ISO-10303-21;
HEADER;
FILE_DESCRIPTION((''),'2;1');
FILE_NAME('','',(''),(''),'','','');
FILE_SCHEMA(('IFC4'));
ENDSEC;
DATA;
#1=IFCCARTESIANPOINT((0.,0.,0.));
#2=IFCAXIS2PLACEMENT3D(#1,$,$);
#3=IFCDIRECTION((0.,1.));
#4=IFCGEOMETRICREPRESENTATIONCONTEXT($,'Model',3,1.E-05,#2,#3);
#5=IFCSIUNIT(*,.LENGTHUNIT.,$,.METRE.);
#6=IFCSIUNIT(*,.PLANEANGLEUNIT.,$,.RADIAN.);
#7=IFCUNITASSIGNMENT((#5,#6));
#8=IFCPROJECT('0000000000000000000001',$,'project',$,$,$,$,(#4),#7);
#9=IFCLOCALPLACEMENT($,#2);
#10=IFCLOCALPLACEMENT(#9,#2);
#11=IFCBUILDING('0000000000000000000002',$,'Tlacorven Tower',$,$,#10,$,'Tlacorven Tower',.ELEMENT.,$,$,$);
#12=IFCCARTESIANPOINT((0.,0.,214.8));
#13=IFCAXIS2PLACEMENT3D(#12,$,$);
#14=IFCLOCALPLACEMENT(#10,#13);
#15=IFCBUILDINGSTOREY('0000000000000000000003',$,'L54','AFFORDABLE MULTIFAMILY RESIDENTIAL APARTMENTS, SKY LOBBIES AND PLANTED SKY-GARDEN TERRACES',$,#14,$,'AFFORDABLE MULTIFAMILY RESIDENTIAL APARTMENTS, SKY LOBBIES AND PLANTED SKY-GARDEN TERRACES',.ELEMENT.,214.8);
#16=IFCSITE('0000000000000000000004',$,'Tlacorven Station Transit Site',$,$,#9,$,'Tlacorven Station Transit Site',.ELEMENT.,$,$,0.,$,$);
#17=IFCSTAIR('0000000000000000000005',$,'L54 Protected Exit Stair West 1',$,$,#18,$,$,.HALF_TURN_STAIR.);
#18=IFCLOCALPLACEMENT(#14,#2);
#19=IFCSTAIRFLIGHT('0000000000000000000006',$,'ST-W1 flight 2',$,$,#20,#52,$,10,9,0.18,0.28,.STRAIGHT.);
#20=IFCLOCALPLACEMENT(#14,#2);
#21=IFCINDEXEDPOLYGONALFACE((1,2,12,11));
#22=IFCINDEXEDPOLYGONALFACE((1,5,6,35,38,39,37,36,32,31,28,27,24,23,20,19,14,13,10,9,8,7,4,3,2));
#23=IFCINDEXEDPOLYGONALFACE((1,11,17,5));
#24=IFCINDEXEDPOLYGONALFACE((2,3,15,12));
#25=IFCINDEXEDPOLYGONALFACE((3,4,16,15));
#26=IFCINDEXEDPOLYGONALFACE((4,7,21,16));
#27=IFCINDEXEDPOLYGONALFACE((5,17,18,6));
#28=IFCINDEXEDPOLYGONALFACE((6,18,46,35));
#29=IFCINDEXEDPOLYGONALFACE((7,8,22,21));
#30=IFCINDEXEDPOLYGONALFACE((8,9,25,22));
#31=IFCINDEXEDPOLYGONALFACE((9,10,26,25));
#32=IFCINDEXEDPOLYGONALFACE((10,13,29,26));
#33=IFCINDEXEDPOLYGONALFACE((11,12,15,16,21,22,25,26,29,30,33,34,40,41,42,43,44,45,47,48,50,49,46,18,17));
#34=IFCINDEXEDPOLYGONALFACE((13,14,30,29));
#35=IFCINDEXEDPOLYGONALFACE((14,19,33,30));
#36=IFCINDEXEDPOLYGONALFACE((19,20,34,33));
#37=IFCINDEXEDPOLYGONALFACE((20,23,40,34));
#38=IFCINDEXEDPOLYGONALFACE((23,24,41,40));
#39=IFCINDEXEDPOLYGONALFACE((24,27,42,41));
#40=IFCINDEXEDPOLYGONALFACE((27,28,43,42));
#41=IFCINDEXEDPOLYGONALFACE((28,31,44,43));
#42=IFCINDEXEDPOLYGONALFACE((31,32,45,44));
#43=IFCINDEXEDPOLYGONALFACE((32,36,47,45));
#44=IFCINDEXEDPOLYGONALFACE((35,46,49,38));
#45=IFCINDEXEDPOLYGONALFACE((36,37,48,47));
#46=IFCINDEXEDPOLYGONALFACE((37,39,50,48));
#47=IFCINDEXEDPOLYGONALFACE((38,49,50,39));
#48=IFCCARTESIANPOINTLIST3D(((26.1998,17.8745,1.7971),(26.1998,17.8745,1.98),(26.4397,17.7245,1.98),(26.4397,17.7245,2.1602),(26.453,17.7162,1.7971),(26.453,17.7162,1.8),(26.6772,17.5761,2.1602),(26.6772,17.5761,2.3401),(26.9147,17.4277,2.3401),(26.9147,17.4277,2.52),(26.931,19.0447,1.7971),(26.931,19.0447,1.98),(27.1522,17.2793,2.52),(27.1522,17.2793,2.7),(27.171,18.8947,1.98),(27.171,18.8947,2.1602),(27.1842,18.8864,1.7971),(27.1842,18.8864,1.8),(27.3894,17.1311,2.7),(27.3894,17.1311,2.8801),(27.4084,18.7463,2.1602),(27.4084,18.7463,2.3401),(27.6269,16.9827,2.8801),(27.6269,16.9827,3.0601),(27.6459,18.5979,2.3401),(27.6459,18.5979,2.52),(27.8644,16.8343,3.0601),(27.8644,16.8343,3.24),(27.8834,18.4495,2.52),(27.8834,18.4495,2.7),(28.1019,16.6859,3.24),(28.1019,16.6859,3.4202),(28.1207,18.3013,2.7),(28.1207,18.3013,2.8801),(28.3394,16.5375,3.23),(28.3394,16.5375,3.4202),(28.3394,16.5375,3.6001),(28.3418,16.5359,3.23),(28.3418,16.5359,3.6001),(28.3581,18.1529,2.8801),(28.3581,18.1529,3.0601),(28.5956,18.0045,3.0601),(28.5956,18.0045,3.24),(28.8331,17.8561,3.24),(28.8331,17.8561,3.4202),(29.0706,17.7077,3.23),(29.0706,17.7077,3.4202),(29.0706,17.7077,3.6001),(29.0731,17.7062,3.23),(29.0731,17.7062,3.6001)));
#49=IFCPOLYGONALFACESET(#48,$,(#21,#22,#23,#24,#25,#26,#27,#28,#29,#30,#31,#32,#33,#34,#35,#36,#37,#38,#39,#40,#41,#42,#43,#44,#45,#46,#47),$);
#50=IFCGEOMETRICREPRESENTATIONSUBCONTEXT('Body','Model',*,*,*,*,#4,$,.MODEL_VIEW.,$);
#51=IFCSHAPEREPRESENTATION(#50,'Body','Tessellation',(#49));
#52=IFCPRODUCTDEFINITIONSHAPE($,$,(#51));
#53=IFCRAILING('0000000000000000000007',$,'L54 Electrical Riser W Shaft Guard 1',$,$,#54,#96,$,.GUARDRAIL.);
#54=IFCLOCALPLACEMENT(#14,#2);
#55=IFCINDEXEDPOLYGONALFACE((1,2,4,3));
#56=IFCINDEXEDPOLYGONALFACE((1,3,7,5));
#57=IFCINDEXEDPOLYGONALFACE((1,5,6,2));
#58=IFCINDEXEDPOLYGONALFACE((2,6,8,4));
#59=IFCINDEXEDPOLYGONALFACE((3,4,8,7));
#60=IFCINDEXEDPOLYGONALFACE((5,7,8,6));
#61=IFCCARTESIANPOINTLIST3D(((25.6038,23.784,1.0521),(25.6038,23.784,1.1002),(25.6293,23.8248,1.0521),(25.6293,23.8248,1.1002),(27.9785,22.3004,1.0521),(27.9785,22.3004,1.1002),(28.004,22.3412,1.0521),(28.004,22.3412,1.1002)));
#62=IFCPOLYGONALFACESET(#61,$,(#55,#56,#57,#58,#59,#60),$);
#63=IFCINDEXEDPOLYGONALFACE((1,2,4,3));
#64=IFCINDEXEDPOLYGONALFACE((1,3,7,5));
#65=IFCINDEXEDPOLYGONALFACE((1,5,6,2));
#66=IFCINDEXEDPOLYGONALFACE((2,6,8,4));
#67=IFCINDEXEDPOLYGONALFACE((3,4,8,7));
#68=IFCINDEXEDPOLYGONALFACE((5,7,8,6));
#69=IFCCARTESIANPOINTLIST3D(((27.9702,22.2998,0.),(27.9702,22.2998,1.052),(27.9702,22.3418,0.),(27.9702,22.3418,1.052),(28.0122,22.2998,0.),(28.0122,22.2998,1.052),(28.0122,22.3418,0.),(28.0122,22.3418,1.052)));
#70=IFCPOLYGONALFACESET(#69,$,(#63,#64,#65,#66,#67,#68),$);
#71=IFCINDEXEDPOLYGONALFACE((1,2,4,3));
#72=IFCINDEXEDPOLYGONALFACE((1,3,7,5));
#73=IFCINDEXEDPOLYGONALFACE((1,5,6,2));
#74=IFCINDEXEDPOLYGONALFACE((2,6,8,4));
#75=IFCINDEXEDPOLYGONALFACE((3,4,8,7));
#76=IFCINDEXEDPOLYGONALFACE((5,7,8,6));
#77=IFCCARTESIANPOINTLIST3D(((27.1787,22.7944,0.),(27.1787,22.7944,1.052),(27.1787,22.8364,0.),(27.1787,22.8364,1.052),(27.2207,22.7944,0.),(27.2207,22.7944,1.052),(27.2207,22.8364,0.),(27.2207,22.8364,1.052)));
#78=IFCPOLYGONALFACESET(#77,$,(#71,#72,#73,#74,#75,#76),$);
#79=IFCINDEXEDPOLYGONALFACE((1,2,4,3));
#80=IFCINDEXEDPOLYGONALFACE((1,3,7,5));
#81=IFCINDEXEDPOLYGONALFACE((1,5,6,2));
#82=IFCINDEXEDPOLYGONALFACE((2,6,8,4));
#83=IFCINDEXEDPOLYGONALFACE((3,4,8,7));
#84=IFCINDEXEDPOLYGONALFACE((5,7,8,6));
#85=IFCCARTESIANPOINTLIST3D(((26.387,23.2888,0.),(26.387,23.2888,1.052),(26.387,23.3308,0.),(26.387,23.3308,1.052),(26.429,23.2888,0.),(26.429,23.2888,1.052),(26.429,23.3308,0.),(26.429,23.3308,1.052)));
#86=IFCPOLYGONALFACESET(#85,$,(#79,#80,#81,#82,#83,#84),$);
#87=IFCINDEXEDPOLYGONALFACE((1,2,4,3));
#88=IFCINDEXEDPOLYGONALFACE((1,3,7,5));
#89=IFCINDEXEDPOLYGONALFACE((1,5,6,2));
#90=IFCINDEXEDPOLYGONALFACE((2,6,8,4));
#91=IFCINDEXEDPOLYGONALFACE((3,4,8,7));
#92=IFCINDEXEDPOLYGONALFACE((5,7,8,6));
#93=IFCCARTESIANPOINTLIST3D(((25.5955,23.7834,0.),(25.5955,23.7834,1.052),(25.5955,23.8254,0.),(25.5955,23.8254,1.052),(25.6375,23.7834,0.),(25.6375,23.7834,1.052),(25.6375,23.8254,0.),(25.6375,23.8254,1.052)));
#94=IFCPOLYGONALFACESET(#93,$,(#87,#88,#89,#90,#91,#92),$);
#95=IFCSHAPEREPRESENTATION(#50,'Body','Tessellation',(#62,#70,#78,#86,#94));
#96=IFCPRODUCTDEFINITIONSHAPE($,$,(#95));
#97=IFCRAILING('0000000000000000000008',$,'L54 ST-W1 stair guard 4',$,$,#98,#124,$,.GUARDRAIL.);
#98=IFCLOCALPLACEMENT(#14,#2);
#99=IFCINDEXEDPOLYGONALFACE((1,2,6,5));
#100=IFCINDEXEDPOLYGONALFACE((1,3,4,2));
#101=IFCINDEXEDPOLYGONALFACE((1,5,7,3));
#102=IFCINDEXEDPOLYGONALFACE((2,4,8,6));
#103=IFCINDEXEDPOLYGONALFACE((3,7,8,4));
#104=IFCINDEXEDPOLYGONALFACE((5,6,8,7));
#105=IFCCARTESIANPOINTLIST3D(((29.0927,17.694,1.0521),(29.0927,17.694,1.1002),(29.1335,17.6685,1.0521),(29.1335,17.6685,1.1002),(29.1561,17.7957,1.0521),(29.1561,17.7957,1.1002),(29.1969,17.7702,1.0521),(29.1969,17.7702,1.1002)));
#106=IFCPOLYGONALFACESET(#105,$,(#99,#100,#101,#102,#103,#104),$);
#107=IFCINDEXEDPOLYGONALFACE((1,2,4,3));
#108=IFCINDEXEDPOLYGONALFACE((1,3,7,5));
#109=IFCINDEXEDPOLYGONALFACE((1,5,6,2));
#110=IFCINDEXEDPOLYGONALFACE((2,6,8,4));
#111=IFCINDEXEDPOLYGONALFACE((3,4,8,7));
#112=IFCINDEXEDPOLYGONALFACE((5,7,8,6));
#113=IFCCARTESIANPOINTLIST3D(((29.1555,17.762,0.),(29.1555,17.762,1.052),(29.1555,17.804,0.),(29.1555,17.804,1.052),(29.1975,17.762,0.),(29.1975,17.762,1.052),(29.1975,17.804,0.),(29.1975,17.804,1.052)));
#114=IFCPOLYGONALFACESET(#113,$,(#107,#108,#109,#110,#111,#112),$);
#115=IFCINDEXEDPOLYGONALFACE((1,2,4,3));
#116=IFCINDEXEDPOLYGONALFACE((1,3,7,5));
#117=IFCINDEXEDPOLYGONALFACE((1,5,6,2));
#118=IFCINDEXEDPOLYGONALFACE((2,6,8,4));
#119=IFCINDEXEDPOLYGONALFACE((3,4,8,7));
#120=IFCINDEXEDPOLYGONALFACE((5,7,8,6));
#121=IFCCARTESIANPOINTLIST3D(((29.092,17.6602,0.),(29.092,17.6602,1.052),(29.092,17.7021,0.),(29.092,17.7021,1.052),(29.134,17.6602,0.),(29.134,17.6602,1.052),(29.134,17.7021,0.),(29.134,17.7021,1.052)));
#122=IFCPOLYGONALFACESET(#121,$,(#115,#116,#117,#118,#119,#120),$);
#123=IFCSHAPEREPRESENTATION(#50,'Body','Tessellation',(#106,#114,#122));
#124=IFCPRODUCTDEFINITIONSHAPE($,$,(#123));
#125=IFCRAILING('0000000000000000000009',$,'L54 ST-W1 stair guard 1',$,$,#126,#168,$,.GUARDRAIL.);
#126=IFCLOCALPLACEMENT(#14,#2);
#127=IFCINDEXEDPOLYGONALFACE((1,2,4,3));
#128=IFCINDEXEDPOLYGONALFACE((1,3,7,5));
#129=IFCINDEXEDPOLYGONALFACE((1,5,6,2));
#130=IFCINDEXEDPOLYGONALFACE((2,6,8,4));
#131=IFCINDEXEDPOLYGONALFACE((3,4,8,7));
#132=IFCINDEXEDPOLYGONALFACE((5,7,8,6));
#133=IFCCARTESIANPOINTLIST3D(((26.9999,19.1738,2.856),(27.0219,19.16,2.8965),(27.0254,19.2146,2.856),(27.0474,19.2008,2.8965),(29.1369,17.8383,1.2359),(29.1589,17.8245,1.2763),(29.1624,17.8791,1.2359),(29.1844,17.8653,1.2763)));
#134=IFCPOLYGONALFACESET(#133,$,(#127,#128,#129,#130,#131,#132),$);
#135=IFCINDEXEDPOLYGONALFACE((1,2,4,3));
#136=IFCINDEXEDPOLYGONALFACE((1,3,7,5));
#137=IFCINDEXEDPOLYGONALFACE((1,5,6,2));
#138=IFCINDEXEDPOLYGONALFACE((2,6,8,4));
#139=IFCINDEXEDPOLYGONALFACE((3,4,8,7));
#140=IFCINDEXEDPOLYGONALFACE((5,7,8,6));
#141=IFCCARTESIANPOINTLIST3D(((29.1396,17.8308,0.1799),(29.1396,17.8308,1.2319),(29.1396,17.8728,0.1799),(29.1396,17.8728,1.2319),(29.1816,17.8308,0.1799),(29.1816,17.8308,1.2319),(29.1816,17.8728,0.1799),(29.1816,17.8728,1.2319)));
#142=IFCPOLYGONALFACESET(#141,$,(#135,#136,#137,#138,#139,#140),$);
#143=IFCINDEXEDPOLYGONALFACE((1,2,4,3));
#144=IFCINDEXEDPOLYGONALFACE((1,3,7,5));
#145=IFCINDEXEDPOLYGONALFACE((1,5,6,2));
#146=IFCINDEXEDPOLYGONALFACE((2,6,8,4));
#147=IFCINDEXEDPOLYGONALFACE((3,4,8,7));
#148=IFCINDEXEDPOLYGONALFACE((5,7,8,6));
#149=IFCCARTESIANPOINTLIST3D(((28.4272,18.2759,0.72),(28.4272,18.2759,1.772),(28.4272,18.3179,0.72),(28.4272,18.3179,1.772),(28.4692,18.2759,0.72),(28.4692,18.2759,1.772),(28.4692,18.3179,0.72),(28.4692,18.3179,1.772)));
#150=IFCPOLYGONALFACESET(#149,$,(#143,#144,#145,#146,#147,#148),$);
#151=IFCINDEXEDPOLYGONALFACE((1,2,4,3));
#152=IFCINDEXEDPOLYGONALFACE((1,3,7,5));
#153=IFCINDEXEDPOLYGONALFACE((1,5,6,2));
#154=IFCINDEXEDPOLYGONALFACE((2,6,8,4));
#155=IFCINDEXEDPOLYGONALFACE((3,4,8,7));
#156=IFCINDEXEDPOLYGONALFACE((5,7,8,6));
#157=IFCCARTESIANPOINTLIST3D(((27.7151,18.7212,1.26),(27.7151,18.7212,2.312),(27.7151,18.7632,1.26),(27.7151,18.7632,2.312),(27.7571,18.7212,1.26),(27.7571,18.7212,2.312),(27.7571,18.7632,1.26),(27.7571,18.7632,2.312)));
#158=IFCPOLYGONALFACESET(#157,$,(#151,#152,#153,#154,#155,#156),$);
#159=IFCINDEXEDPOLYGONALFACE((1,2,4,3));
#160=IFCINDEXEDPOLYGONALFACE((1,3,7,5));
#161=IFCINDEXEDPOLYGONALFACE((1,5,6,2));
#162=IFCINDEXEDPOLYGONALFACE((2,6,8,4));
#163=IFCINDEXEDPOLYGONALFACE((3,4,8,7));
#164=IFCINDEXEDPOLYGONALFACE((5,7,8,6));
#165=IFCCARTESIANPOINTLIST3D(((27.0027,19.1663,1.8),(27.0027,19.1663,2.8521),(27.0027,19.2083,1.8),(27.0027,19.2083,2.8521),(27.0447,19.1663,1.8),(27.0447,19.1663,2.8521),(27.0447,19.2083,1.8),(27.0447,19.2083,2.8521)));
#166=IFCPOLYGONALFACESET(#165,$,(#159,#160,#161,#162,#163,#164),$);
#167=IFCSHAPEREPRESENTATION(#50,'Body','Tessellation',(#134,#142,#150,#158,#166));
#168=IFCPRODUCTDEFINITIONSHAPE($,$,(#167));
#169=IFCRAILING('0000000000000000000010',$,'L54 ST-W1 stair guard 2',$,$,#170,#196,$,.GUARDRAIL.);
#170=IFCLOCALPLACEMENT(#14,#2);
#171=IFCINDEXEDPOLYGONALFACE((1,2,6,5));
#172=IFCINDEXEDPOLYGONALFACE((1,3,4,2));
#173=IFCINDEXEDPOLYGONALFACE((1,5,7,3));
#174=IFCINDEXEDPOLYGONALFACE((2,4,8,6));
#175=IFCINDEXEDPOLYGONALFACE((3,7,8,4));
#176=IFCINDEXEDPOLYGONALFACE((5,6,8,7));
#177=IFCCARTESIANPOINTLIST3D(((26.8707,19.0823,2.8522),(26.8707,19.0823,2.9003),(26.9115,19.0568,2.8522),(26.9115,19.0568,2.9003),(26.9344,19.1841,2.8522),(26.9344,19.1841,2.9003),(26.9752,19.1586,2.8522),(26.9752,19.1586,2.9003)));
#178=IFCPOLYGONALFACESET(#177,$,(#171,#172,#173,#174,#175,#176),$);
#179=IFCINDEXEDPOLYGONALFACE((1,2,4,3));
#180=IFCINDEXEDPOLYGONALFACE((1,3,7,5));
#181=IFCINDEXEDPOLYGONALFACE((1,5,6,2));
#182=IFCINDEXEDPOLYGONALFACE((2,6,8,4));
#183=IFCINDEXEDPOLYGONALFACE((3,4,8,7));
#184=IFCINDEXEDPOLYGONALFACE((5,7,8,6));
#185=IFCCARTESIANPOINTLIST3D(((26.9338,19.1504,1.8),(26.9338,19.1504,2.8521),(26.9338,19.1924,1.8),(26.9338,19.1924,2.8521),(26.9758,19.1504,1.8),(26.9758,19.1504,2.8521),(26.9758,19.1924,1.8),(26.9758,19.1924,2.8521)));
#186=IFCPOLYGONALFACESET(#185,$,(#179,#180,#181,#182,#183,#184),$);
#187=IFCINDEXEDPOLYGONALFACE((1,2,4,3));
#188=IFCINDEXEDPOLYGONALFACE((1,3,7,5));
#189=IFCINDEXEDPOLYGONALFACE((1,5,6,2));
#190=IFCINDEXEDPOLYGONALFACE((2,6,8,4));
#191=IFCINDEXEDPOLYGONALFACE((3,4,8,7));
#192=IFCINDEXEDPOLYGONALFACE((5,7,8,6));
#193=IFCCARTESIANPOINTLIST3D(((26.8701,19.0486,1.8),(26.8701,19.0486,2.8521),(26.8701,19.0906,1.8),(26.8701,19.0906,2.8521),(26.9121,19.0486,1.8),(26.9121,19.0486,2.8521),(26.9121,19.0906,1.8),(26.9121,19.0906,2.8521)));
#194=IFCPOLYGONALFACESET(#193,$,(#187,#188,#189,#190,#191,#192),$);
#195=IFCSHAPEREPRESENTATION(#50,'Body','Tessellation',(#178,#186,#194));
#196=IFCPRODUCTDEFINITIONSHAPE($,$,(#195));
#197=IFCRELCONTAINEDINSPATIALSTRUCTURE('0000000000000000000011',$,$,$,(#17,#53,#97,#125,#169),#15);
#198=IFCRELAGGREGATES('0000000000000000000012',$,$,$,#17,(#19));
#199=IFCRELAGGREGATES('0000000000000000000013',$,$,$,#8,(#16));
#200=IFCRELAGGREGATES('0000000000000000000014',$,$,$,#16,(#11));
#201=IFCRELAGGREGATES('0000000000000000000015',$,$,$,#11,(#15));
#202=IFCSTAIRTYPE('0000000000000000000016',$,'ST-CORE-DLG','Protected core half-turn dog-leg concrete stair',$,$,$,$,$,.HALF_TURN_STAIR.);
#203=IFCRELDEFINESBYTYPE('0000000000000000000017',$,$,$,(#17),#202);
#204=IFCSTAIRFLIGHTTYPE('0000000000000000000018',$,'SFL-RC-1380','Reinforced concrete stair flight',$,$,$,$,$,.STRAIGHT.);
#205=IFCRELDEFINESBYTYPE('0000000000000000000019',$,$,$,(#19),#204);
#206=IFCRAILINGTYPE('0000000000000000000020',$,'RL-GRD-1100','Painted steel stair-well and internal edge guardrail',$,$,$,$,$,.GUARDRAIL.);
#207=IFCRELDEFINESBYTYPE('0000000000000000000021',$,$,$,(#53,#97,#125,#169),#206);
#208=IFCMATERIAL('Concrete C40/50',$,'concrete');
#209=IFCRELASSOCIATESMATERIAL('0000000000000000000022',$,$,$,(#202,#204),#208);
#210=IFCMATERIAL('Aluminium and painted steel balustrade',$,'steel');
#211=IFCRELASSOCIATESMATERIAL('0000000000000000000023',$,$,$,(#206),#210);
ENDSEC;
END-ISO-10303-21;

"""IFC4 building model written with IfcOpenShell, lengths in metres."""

from ifc_helpers import new_model, si_unit, direction, frame, origin, origin_2d, place, context, subcontext, project, spatial, polyline, rectangle, outline, extrude, source, transform, mapped, material, type_object, element, aggregate, save


model = new_model("IFC4")

# Units and contexts
model_context = context("Model", 3, precision=1e-05, world=origin(), true_north=direction((0.0, 1.0)))
body_context = subcontext(model_context, "Body", "Model", "MODEL_VIEW")
ifc_project = project(units=[si_unit("LENGTHUNIT", "METRE"), si_unit("PLANEANGLEUNIT", "RADIAN")], contexts=[model_context])

# Site, building, storey
site_placement = place(None, origin())
site = spatial("IfcSite", under=ifc_project, at=site_placement, Name="Tlacorven Station Transit Site", LongName="Tlacorven Station Transit Site", CompositionType="ELEMENT", RefElevation=0.0)
building_placement = place(site_placement, origin())
building = spatial("IfcBuilding", under=site, at=building_placement, Name="Tlacorven Tower", LongName="Tlacorven Tower", CompositionType="ELEMENT")
storey_placement = place(building_placement, frame((0.0, 0.0, 214.8)))
storey = spatial("IfcBuildingStorey", under=building, at=storey_placement, Name="L54", Description="AFFORDABLE MULTIFAMILY RESIDENTIAL APARTMENTS, SKY LOBBIES AND PLANTED SKY-GARDEN TERRACES", LongName="AFFORDABLE MULTIFAMILY RESIDENTIAL APARTMENTS, SKY LOBBIES AND PLANTED SKY-GARDEN TERRACES", CompositionType="ELEMENT", Elevation=214.8)

# Shared definitions
ifc_material_1 = material(Name="Concrete C40/50", Category="concrete")

# Stair, stair flight
stair_type = type_object("IfcStairType", Name="ST-CORE-DLG", Description="Protected core half-turn dog-leg concrete stair", PredefinedType="HALF_TURN_STAIR", material=ifc_material_1)
stair_placement = place(storey_placement, origin())
stair = element("IfcStair", 1, at=stair_placement, inside=storey, type_object=stair_type, Name="L54 Protected Exit Stair West 1", PredefinedType="HALF_TURN_STAIR")
stair_flight_type = type_object("IfcStairFlightType", Name="SFL-RC-1380", Description="Reinforced concrete stair flight", PredefinedType="STRAIGHT", material=ifc_material_1)
shared_shape_1 = source(origin(), body_context, "Body", "SweptSolid", [
    extrude(outline(polyline([(-0.0029, -0.0029), (-0.0029, 0.1799), (0.28, 0.1799), (0.28, 0.3601), (0.5601, 0.3601), (0.5601, 0.54), (0.8401, 0.54), (0.8401, 0.72), (1.1201, 0.72), (1.1201, 0.8999), (1.3999, 0.8999), (1.3999, 1.0801), (1.6799, 1.0801), (1.6799, 1.26), (1.96, 1.26), (1.96, 1.4399), (2.24, 1.4399), (2.24, 1.6201), (2.52, 1.6201), (2.52, 1.8), (2.5229, 1.8), (2.5229, 1.4299), (2.52, 1.4299), (0.2957, 0.0), (0.2957, -0.0029), (-0.0029, -0.0029)])), frame((0.0, 0.6899, 0.0), z_axis=(0.0, -1.0, 0.0), x_axis=(1.0, 0.0, 0.0)), (0.0, 0.0, 1.0), 1.3799),
])
stair_flight_1_placement = place(storey_placement, frame((26.5679, 18.458, 1.8), z_axis=(0.0, 0.0, 1.0), x_axis=(0.848048, -0.529919, 0.0)))
stair_flight_1 = element("IfcStairFlight", 2, at=stair_flight_1_placement, type_object=stair_flight_type, Name="ST-W1 flight 2", NumberOfRisers=10, NumberOfTreads=9, PredefinedType="STRAIGHT", RiserHeight=0.18, TreadLength=0.28, context=body_context, shape_type="MappedRepresentation", body=[
    mapped(shared_shape_1, transform((0.0, 0.0, 0.0), scale=1.0)),
])
aggregate(stair, [stair_flight_1])

# Railings
ifc_material_2 = material(Name="Aluminium and painted steel balustrade", Category="steel")
railing_type_1 = type_object("IfcRailingType", Name="RL-GRD-1100", Description="Painted steel stair-well and internal edge guardrail", PredefinedType="GUARDRAIL", material=ifc_material_2)
shared_shape_2 = source(origin(), body_context, "Body", "SweptSolid", [
    extrude(rectangle(XDim=0.0481, YDim=0.0481, at=origin_2d()), frame((0.0, 0.0, 1.0762), z_axis=(-0.848091, 0.52985, 0.0), x_axis=(-0.52985, -0.848091, 0.0)), (0.0, 0.0, 1.0), 2.8),
    extrude(rectangle(XDim=0.042, YDim=0.042, at=origin_2d()), origin(), (0.0, 0.0, 1.0), 1.052),
    extrude(rectangle(XDim=0.042, YDim=0.042, at=origin_2d()), frame((-0.7915, 0.4946, 0.0)), (0.0, 0.0, 1.0), 1.052),
    extrude(rectangle(XDim=0.042, YDim=0.042, at=origin_2d()), frame((-1.5833, 0.989, 0.0)), (0.0, 0.0, 1.0), 1.052),
    extrude(rectangle(XDim=0.042, YDim=0.042, at=origin_2d()), frame((-2.3748, 1.4836, 0.0)), (0.0, 0.0, 1.0), 1.052),
])
railing_1_placement = place(storey_placement, frame((27.9912, 22.3208, 0.0)))
element("IfcRailing", 3, at=railing_1_placement, inside=storey, type_object=railing_type_1, Name="L54 Electrical Riser W Shaft Guard 1", PredefinedType="GUARDRAIL", context=body_context, shape_type="MappedRepresentation", body=[
    mapped(shared_shape_2, transform((0.0, 0.0, 0.0), scale=1.0)),
])
shared_shape_3 = source(origin(), body_context, "Body", "SweptSolid", [
    extrude(rectangle(XDim=0.0481, YDim=0.0481, at=origin_2d()), frame((0.0, 0.0, 1.0762), z_axis=(-0.529084, -0.848569, 0.0), x_axis=(0.848569, -0.529084, 0.0)), (0.0, 0.0, 1.0), 0.1199),
    extrude(rectangle(XDim=0.042, YDim=0.042, at=origin_2d()), origin(), (0.0, 0.0, 1.0), 1.052),
    extrude(rectangle(XDim=0.042, YDim=0.042, at=origin_2d()), frame((-0.0635, -0.1018, 0.0)), (0.0, 0.0, 1.0), 1.052),
])
railing_2_placement = place(storey_placement, frame((29.1765, 17.783, 0.0)))
element("IfcRailing", 4, at=railing_2_placement, inside=storey, type_object=railing_type_1, Name="L54 ST-W1 stair guard 4", PredefinedType="GUARDRAIL", context=body_context, shape_type="MappedRepresentation", body=[
    mapped(shared_shape_3, transform((0.0, 0.0, 0.0), scale=1.0)),
])
shared_shape_4 = source(origin(), body_context, "Body", "SweptSolid", [
    extrude(rectangle(XDim=0.0481, YDim=0.0481, at=origin_2d()), frame((0.0, 0.0, 1.0762), z_axis=(-0.71332, 0.445774, 0.540796), x_axis=(-0.529955, -0.848026, 0.0)), (0.0, 0.0, 1.0), 2.9958),
    extrude(rectangle(XDim=0.042, YDim=0.042, at=origin_2d()), origin(), (0.0, 0.0, 1.0), 1.052),
    extrude(rectangle(XDim=0.042, YDim=0.042, at=origin_2d()), frame((-0.7124, 0.4451, 0.54)), (0.0, 0.0, 1.0), 1.052),
    extrude(rectangle(XDim=0.042, YDim=0.042, at=origin_2d()), frame((-1.4246, 0.8904, 1.0801)), (0.0, 0.0, 1.0), 1.052),
    extrude(rectangle(XDim=0.042, YDim=0.042, at=origin_2d()), frame((-2.137, 1.3354, 1.6201)), (0.0, 0.0, 1.0), 1.052),
])
railing_3_placement = place(storey_placement, frame((29.1606, 17.8518, 0.1799)))
element("IfcRailing", 5, at=railing_3_placement, inside=storey, type_object=railing_type_1, Name="L54 ST-W1 stair guard 1", PredefinedType="GUARDRAIL", context=body_context, shape_type="MappedRepresentation", body=[
    mapped(shared_shape_4, transform((0.0, 0.0, 0.0), scale=1.0)),
])
shared_shape_5 = source(origin(), body_context, "Body", "SweptSolid", [
    extrude(rectangle(XDim=0.0481, YDim=0.0481, at=origin_2d()), frame((0.0, 0.0, 1.0762), z_axis=(-0.530547, -0.847656, 0.0), x_axis=(0.847656, -0.530547, 0.0)), (0.0, 0.0, 1.0), 0.1201),
    extrude(rectangle(XDim=0.042, YDim=0.042, at=origin_2d()), origin(), (0.0, 0.0, 1.0), 1.052),
    extrude(rectangle(XDim=0.042, YDim=0.042, at=origin_2d()), frame((-0.0637, -0.1018, 0.0)), (0.0, 0.0, 1.0), 1.052),
])
railing_4_placement = place(storey_placement, frame((26.9548, 19.1714, 1.8)))
element("IfcRailing", 6, at=railing_4_placement, inside=storey, type_object=railing_type_1, Name="L54 ST-W1 stair guard 2", PredefinedType="GUARDRAIL", context=body_context, shape_type="MappedRepresentation", body=[
    mapped(shared_shape_5, transform((0.0, 0.0, 0.0), scale=1.0)),
])

save(model, "model.ifc")
